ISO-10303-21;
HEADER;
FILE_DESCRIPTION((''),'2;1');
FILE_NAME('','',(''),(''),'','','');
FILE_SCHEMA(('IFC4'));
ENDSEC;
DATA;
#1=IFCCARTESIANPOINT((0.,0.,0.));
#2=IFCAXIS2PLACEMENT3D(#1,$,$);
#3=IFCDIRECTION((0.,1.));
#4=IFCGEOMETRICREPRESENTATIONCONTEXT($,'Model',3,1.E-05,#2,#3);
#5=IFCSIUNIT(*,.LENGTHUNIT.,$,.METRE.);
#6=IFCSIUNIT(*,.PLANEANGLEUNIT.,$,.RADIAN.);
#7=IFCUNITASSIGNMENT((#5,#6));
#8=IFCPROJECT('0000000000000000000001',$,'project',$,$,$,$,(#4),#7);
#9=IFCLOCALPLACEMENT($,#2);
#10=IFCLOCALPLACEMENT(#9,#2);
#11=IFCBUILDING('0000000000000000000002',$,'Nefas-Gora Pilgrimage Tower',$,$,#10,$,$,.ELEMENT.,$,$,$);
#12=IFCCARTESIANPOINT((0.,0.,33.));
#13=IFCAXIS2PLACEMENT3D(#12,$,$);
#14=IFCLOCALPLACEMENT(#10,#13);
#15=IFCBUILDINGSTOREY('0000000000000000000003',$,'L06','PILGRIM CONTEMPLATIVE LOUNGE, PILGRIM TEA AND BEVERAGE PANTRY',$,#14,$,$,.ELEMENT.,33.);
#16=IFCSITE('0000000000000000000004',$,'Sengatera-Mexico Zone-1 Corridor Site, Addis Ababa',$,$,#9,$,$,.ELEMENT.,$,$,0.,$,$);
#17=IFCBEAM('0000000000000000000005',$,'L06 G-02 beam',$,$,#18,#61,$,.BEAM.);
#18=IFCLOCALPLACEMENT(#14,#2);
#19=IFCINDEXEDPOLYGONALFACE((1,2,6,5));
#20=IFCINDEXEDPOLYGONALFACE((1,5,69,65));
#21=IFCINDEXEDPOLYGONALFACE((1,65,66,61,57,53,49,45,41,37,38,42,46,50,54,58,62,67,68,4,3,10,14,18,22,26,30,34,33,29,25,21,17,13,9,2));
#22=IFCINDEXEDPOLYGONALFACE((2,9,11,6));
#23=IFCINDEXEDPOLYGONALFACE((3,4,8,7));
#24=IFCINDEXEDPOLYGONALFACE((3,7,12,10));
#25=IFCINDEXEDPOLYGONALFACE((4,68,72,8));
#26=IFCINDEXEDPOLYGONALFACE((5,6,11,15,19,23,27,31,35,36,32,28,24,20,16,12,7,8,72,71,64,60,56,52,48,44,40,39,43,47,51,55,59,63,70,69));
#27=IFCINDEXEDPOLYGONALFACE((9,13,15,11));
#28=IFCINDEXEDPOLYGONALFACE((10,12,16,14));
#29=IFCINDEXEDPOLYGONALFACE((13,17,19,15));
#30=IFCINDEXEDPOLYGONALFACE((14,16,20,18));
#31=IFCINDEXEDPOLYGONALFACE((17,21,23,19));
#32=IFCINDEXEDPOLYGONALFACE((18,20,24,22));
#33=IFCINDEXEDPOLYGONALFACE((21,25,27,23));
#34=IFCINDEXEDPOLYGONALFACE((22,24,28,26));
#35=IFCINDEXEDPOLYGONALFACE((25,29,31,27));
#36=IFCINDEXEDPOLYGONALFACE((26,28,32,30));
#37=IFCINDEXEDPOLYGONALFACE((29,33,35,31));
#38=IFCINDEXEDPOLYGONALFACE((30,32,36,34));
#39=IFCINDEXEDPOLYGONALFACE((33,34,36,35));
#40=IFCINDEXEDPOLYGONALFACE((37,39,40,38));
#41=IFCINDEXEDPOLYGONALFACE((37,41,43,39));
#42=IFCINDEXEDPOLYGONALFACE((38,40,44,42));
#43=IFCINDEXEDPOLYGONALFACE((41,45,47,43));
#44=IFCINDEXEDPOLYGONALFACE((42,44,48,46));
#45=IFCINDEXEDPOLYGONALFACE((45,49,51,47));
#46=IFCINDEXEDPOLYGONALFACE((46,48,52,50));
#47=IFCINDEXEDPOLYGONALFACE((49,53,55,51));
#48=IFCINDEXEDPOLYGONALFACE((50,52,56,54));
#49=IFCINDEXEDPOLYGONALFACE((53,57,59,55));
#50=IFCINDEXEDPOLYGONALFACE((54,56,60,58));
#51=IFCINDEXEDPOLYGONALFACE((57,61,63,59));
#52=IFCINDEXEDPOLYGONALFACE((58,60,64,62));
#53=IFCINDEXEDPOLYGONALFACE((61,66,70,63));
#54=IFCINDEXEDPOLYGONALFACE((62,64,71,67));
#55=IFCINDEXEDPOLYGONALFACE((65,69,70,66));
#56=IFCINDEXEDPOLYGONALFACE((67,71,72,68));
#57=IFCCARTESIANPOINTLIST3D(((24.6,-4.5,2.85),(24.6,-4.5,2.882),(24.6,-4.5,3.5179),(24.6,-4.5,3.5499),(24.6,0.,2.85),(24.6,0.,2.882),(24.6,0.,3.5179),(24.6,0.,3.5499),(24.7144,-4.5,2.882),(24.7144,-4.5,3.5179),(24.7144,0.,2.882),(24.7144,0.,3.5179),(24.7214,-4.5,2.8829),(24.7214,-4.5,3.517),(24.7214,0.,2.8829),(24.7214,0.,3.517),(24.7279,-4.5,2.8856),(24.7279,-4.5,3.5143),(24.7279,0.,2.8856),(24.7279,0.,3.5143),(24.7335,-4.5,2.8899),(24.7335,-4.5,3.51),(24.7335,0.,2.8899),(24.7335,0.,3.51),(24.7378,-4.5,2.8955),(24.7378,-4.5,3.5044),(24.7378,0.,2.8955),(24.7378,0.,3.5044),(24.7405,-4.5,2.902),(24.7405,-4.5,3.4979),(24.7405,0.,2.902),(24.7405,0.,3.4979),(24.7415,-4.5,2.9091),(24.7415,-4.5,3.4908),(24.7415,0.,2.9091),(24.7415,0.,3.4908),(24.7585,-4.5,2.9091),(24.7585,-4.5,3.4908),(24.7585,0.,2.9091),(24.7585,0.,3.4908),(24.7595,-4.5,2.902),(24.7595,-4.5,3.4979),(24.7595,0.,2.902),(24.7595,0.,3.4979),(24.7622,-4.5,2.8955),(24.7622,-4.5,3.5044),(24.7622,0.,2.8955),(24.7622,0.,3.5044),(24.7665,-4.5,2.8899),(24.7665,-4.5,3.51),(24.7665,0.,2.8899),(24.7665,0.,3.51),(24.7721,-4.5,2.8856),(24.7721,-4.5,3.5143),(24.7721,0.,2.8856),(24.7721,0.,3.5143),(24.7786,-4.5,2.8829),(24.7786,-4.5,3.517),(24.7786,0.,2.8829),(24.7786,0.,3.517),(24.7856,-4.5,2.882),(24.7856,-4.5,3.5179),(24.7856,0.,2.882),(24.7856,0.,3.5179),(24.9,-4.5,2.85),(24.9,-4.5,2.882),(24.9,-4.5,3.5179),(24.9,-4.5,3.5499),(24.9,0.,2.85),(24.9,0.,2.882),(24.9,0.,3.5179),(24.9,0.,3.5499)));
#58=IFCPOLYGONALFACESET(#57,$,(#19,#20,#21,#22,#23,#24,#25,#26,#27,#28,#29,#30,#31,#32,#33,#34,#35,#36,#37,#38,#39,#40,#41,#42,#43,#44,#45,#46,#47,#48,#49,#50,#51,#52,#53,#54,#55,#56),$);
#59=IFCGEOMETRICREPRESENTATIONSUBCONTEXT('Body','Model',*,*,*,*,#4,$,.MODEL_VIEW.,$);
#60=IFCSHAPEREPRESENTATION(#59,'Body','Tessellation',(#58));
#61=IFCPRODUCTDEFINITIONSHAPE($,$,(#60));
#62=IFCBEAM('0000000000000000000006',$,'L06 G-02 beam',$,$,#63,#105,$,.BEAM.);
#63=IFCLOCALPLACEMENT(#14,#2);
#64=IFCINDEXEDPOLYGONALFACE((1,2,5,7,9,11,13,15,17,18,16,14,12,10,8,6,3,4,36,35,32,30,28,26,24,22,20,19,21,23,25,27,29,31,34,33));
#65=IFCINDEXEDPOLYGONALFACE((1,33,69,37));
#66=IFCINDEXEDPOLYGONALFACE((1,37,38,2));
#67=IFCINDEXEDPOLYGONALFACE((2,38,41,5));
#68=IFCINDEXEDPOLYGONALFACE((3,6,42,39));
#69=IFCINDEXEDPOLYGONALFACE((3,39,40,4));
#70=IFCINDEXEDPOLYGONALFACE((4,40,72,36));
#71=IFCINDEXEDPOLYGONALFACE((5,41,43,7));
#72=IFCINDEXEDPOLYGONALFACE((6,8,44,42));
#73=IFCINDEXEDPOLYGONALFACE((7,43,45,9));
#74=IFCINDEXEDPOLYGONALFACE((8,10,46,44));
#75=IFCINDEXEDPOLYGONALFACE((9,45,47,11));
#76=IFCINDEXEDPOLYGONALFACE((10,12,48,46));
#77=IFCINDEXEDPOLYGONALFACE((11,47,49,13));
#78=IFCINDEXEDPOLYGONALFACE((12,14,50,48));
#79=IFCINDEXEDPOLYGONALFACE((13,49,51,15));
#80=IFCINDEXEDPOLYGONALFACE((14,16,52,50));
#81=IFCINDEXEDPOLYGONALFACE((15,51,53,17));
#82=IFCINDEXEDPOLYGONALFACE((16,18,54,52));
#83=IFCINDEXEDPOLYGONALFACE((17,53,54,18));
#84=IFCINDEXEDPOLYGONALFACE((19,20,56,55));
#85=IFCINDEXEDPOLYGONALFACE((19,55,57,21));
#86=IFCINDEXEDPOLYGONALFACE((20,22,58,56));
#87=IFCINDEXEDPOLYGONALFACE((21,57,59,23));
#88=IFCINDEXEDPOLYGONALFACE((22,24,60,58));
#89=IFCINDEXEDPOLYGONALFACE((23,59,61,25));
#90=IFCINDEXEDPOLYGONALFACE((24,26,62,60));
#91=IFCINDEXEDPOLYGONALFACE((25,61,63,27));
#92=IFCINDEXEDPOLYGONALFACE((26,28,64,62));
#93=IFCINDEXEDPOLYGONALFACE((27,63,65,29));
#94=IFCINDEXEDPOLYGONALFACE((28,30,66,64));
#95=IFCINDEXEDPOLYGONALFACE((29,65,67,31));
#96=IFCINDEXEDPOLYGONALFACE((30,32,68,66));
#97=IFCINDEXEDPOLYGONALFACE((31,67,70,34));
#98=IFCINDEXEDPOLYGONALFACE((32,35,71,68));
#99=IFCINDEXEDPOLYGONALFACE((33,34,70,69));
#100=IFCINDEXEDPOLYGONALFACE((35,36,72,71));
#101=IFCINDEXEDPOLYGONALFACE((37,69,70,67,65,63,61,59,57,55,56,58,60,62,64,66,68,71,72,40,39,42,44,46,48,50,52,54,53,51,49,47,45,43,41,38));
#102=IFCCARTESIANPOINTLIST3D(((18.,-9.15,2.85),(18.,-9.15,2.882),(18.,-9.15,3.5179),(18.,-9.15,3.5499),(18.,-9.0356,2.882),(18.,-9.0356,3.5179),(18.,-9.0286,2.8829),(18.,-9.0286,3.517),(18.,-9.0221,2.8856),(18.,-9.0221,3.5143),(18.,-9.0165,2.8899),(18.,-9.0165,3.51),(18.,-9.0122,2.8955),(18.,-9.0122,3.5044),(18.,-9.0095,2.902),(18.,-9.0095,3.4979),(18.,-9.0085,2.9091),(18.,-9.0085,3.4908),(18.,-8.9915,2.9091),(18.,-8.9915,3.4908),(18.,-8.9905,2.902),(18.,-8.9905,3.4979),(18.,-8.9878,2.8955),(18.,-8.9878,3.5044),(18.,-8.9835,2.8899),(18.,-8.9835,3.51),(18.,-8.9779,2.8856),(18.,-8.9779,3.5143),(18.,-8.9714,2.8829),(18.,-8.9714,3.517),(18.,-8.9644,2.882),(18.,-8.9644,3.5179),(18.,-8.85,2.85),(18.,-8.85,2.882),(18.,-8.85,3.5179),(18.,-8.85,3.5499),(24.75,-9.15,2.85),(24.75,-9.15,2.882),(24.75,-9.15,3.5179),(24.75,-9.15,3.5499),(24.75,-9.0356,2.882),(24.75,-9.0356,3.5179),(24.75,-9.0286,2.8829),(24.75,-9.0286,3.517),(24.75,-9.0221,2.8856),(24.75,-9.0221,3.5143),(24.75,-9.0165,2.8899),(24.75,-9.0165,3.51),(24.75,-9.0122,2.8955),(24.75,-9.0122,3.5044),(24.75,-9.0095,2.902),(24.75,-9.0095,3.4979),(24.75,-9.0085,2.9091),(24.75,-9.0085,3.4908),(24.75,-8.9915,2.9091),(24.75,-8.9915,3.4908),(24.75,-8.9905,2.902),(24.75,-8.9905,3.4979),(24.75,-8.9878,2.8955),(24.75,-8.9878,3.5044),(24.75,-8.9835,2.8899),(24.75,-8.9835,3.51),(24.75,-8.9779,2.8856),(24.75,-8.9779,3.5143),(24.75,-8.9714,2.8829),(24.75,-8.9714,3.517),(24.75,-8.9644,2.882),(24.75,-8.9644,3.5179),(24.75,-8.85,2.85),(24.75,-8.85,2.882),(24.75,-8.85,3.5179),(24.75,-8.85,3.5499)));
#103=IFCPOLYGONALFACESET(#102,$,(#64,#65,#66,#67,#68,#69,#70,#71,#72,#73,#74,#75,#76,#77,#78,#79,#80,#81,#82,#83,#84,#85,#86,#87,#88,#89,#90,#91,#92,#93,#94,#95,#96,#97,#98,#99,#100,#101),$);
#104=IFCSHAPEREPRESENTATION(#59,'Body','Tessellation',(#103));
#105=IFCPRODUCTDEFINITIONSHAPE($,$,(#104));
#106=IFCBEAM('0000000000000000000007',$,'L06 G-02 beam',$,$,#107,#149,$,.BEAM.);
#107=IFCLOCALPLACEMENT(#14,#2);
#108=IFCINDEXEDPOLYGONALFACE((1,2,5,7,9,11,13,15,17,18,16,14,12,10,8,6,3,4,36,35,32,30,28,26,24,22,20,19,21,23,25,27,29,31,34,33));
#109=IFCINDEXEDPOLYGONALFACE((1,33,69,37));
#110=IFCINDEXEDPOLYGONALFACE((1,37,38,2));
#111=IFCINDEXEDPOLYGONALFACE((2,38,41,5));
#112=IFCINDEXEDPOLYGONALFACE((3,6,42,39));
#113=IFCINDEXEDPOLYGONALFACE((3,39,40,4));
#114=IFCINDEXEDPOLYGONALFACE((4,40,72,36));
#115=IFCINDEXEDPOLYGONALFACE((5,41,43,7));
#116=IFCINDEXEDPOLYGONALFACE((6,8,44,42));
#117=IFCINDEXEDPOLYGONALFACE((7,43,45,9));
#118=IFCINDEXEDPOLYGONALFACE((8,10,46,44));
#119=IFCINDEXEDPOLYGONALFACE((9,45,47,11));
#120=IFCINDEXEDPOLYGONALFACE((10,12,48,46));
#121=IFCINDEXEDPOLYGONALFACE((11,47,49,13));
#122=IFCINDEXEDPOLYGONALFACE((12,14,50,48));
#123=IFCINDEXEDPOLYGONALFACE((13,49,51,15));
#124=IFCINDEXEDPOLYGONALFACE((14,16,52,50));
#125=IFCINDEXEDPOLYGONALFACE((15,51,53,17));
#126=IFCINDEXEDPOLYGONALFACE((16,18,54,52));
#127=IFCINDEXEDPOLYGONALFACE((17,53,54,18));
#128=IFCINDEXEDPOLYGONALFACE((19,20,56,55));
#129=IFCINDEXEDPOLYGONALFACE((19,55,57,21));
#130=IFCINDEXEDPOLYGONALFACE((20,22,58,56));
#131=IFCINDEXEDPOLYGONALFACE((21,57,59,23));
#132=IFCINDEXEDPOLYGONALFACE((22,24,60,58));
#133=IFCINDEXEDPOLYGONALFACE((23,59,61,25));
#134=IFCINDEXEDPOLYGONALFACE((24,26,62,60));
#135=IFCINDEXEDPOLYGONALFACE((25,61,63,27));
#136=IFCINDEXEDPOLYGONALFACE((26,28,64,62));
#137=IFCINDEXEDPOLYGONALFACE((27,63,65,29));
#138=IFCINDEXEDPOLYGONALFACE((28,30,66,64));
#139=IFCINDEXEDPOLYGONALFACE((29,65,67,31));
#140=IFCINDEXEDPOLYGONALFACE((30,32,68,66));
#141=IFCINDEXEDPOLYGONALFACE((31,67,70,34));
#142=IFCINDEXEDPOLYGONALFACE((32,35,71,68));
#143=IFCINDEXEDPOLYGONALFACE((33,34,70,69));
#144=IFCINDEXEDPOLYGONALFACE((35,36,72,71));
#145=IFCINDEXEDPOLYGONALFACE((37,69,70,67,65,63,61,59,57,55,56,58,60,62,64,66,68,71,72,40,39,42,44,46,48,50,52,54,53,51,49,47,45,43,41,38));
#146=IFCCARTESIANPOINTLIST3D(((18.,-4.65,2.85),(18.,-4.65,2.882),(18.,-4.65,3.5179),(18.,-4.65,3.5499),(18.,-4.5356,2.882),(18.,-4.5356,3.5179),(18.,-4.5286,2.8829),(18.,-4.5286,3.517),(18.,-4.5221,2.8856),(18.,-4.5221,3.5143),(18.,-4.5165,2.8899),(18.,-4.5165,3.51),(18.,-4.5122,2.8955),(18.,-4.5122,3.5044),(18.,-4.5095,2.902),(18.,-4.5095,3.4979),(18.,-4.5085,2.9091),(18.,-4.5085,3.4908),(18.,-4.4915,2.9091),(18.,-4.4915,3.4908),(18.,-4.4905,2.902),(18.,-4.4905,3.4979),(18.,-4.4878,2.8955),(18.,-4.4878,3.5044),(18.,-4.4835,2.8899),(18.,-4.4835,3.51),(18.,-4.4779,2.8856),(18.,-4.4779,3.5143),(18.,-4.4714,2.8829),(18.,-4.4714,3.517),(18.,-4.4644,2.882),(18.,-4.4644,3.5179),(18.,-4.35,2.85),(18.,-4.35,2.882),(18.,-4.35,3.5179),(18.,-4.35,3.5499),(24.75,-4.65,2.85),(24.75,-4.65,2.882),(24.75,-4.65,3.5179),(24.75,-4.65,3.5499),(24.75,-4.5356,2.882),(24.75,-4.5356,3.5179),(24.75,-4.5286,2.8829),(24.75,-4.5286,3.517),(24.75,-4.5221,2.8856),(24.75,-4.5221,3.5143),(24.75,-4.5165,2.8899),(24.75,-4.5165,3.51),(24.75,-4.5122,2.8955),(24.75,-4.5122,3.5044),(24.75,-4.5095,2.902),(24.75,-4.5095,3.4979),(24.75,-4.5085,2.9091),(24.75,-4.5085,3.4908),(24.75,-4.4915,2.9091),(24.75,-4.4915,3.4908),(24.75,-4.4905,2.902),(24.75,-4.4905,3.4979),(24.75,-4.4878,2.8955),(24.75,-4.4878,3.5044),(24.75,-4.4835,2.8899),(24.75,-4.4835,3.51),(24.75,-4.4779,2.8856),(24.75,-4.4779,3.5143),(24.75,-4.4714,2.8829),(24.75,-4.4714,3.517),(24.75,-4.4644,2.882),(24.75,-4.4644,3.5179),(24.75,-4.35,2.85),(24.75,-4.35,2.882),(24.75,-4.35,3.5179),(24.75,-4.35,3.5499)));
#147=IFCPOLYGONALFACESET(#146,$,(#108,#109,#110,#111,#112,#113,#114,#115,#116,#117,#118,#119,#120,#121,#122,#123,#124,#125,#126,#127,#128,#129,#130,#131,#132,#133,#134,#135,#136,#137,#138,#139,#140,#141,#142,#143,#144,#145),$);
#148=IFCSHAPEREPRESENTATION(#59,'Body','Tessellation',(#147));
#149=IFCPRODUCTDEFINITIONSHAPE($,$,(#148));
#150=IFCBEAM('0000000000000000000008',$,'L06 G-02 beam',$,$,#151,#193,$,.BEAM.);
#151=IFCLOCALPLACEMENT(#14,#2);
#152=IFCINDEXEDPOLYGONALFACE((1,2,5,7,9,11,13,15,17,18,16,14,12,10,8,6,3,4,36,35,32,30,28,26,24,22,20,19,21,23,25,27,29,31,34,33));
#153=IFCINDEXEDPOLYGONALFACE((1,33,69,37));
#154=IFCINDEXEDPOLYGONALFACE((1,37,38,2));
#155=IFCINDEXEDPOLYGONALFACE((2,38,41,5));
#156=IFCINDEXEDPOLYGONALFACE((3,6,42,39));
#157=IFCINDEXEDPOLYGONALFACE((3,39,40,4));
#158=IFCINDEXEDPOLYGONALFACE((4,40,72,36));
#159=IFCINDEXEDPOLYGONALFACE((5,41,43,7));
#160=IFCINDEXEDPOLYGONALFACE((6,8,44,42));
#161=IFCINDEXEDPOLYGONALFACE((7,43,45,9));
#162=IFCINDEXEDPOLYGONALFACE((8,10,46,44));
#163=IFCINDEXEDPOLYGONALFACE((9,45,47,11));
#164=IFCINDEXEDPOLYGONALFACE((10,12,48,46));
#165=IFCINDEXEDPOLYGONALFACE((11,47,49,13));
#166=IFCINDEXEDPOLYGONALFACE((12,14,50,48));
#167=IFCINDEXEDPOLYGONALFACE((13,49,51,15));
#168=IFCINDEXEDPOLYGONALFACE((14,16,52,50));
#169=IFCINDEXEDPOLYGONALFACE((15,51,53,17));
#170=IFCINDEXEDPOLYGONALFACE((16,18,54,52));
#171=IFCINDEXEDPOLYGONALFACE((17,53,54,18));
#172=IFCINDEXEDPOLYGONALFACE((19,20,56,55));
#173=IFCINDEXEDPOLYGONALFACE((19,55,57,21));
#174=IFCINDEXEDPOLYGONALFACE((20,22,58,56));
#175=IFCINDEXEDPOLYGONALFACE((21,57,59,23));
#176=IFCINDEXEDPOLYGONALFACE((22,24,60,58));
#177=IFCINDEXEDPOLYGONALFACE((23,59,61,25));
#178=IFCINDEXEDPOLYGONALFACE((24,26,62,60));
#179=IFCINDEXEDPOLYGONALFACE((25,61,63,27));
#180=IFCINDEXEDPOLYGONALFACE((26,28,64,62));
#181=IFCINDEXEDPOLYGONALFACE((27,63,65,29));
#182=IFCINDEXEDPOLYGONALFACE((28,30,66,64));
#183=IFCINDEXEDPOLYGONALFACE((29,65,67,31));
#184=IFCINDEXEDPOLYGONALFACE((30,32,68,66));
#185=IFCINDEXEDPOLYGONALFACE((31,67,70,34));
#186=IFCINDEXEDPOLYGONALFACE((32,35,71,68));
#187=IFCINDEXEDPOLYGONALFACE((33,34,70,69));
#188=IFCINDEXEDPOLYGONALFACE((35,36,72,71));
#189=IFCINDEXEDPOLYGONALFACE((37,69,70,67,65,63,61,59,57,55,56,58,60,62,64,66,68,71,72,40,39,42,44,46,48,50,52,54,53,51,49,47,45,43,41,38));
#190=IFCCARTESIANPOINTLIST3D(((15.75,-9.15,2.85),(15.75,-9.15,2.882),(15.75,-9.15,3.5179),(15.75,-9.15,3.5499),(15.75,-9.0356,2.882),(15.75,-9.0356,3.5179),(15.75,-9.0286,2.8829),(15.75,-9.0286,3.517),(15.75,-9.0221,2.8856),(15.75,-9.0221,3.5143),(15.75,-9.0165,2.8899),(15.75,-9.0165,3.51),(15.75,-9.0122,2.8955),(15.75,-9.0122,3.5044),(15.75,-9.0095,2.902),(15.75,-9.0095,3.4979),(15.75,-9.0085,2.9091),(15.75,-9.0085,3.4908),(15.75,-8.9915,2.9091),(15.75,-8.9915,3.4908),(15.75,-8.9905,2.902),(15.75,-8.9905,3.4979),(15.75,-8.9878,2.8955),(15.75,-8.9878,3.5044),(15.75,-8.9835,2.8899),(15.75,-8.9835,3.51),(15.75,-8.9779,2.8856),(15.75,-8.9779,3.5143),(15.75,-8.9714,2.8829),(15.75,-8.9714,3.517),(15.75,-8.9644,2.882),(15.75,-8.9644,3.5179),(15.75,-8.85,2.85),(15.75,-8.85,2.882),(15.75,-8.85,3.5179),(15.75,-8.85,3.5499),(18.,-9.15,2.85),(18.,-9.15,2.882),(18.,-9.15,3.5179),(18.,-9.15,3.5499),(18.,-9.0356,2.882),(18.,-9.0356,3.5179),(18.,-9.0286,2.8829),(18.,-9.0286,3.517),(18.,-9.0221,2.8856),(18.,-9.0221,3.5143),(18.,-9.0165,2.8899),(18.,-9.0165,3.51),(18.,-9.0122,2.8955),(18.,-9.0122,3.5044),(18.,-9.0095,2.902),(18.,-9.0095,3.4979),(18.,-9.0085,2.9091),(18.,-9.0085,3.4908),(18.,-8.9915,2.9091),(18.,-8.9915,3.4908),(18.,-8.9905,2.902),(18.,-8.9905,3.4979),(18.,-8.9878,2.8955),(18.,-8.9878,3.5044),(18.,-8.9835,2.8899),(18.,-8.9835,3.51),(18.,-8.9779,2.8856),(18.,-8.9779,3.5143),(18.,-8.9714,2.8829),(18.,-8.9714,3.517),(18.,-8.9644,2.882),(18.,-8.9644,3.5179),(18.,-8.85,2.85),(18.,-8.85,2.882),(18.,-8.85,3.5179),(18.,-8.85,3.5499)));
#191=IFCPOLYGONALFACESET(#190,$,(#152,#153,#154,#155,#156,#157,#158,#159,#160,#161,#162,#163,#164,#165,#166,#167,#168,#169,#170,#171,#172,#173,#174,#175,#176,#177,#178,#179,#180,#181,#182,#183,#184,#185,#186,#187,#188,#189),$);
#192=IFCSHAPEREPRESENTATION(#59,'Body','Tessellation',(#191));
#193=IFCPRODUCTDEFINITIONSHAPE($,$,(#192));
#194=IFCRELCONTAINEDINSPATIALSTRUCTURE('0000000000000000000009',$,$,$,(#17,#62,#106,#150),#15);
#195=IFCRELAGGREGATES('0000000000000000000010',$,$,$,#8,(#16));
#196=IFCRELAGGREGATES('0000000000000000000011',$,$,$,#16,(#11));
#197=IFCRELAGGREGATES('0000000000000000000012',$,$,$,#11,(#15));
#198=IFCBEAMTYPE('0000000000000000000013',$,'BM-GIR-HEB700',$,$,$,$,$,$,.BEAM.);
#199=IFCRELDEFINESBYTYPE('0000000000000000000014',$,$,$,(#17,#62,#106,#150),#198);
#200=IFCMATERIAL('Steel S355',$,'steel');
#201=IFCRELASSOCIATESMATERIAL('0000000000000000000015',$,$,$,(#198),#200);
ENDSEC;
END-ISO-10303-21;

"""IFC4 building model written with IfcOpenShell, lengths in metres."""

from ifc_helpers import new_model, si_unit, direction, frame, origin, origin_2d, place, context, subcontext, project, spatial, i_section, extrude, source, transform, mapped, material, material_profile, profile_set, type_object, element, save


model = new_model("IFC4")

# Units and contexts
model_context = context("Model", 3, precision=1e-05, world=origin(), true_north=direction((0.0, 1.0)))
body_context = subcontext(model_context, "Body", "Model", "MODEL_VIEW")
ifc_project = project(units=[si_unit("LENGTHUNIT", "METRE"), si_unit("PLANEANGLEUNIT", "RADIAN")], contexts=[model_context])

# Site, building, storey
site_placement = place(None, origin())
site = spatial("IfcSite", under=ifc_project, at=site_placement, Name="Sengatera-Mexico Zone-1 Corridor Site, Addis Ababa", CompositionType="ELEMENT", RefElevation=0.0)
building_placement = place(site_placement, origin())
building = spatial("IfcBuilding", under=site, at=building_placement, Name="Nefas-Gora Pilgrimage Tower", CompositionType="ELEMENT")
storey_placement = place(building_placement, frame((0.0, 0.0, 33.0)))
storey = spatial("IfcBuildingStorey", under=building, at=storey_placement, Name="L06", Description="PILGRIM CONTEMPLATIVE LOUNGE, PILGRIM TEA AND BEVERAGE PANTRY", CompositionType="ELEMENT", Elevation=33.0)

# Beams
ifc_material_1 = material(Name="Steel S355", Category="steel")
ifc_material_profile_1 = material_profile(ifc_material_1, i_section(OverallWidth=0.3, OverallDepth=0.7, WebThickness=0.0171, FlangeThickness=0.032, FilletRadius=0.0271, at=origin_2d()), Name="HEB 700")
ifc_profile_set_1 = profile_set([ifc_material_profile_1], Name="Steel S355")
beam_type_1 = type_object("IfcBeamType", Name="BM-GIR-HEB700", PredefinedType="BEAM", material=ifc_profile_set_1)
shared_shape_1 = source(origin(), body_context, "Body", "SweptSolid", [
    extrude(i_section(OverallWidth=0.3, OverallDepth=0.7, WebThickness=0.0171, FlangeThickness=0.032, FilletRadius=0.0271, at=origin_2d()), origin(), (0.0, 0.0, 1.0), 4.5),
])
for number, where, z_axis, x_axis, name in (
    (1, (24.75, -4.5, 3.2), (0.0, 1.0, 0.0), (-1.0, 0.0, 0.0), "L06 G-02 beam"),
):
    element("IfcBeam", number, at=place(storey_placement, frame(where, z_axis=z_axis, x_axis=x_axis)), inside=storey, type_object=beam_type_1, Name=name, PredefinedType="BEAM", context=body_context, shape_type="MappedRepresentation", body=[
        mapped(shared_shape_1, transform((0.0, 0.0, 0.0), x_axis=(1.0, 0.0, 0.0), y_axis=(0.0, 1.0, 0.0), z_axis=(0.0, 0.0, 1.0), scale=1.0)),
    ])
shared_shape_2 = source(origin(), body_context, "Body", "SweptSolid", [
    extrude(i_section(OverallWidth=0.3, OverallDepth=0.7, WebThickness=0.0171, FlangeThickness=0.032, FilletRadius=0.0271, at=origin_2d()), origin(), (0.0, 0.0, 1.0), 6.75),
])
for number, where, z_axis, x_axis, name in (
    (2, (18.0, -9.0, 3.2), (1.0, 0.0, 0.0), (0.0, 1.0, 0.0), "L06 G-02 beam"),
    (3, (18.0, -4.5, 3.2), (1.0, 0.0, 0.0), (0.0, 1.0, 0.0), "L06 G-02 beam"),
):
    element("IfcBeam", number, at=place(storey_placement, frame(where, z_axis=z_axis, x_axis=x_axis)), inside=storey, type_object=beam_type_1, Name=name, PredefinedType="BEAM", context=body_context, shape_type="MappedRepresentation", body=[
        mapped(shared_shape_2, transform((0.0, 0.0, 0.0), x_axis=(1.0, 0.0, 0.0), y_axis=(0.0, 1.0, 0.0), z_axis=(0.0, 0.0, 1.0), scale=1.0)),
    ])
shared_shape_3 = source(origin(), body_context, "Body", "SweptSolid", [
    extrude(i_section(OverallWidth=0.3, OverallDepth=0.7, WebThickness=0.0171, FlangeThickness=0.032, FilletRadius=0.0271, at=origin_2d()), origin(), (0.0, 0.0, 1.0), 2.25),
])
for number, where, z_axis, x_axis, name in (
    (4, (15.75, -9.0, 3.2), (1.0, 0.0, 0.0), (0.0, 1.0, 0.0), "L06 G-02 beam"),
):
    element("IfcBeam", number, at=place(storey_placement, frame(where, z_axis=z_axis, x_axis=x_axis)), inside=storey, type_object=beam_type_1, Name=name, PredefinedType="BEAM", context=body_context, shape_type="MappedRepresentation", body=[
        mapped(shared_shape_3, transform((0.0, 0.0, 0.0), x_axis=(1.0, 0.0, 0.0), y_axis=(0.0, 1.0, 0.0), z_axis=(0.0, 0.0, 1.0), scale=1.0)),
    ])

save(model, "model.ifc")
